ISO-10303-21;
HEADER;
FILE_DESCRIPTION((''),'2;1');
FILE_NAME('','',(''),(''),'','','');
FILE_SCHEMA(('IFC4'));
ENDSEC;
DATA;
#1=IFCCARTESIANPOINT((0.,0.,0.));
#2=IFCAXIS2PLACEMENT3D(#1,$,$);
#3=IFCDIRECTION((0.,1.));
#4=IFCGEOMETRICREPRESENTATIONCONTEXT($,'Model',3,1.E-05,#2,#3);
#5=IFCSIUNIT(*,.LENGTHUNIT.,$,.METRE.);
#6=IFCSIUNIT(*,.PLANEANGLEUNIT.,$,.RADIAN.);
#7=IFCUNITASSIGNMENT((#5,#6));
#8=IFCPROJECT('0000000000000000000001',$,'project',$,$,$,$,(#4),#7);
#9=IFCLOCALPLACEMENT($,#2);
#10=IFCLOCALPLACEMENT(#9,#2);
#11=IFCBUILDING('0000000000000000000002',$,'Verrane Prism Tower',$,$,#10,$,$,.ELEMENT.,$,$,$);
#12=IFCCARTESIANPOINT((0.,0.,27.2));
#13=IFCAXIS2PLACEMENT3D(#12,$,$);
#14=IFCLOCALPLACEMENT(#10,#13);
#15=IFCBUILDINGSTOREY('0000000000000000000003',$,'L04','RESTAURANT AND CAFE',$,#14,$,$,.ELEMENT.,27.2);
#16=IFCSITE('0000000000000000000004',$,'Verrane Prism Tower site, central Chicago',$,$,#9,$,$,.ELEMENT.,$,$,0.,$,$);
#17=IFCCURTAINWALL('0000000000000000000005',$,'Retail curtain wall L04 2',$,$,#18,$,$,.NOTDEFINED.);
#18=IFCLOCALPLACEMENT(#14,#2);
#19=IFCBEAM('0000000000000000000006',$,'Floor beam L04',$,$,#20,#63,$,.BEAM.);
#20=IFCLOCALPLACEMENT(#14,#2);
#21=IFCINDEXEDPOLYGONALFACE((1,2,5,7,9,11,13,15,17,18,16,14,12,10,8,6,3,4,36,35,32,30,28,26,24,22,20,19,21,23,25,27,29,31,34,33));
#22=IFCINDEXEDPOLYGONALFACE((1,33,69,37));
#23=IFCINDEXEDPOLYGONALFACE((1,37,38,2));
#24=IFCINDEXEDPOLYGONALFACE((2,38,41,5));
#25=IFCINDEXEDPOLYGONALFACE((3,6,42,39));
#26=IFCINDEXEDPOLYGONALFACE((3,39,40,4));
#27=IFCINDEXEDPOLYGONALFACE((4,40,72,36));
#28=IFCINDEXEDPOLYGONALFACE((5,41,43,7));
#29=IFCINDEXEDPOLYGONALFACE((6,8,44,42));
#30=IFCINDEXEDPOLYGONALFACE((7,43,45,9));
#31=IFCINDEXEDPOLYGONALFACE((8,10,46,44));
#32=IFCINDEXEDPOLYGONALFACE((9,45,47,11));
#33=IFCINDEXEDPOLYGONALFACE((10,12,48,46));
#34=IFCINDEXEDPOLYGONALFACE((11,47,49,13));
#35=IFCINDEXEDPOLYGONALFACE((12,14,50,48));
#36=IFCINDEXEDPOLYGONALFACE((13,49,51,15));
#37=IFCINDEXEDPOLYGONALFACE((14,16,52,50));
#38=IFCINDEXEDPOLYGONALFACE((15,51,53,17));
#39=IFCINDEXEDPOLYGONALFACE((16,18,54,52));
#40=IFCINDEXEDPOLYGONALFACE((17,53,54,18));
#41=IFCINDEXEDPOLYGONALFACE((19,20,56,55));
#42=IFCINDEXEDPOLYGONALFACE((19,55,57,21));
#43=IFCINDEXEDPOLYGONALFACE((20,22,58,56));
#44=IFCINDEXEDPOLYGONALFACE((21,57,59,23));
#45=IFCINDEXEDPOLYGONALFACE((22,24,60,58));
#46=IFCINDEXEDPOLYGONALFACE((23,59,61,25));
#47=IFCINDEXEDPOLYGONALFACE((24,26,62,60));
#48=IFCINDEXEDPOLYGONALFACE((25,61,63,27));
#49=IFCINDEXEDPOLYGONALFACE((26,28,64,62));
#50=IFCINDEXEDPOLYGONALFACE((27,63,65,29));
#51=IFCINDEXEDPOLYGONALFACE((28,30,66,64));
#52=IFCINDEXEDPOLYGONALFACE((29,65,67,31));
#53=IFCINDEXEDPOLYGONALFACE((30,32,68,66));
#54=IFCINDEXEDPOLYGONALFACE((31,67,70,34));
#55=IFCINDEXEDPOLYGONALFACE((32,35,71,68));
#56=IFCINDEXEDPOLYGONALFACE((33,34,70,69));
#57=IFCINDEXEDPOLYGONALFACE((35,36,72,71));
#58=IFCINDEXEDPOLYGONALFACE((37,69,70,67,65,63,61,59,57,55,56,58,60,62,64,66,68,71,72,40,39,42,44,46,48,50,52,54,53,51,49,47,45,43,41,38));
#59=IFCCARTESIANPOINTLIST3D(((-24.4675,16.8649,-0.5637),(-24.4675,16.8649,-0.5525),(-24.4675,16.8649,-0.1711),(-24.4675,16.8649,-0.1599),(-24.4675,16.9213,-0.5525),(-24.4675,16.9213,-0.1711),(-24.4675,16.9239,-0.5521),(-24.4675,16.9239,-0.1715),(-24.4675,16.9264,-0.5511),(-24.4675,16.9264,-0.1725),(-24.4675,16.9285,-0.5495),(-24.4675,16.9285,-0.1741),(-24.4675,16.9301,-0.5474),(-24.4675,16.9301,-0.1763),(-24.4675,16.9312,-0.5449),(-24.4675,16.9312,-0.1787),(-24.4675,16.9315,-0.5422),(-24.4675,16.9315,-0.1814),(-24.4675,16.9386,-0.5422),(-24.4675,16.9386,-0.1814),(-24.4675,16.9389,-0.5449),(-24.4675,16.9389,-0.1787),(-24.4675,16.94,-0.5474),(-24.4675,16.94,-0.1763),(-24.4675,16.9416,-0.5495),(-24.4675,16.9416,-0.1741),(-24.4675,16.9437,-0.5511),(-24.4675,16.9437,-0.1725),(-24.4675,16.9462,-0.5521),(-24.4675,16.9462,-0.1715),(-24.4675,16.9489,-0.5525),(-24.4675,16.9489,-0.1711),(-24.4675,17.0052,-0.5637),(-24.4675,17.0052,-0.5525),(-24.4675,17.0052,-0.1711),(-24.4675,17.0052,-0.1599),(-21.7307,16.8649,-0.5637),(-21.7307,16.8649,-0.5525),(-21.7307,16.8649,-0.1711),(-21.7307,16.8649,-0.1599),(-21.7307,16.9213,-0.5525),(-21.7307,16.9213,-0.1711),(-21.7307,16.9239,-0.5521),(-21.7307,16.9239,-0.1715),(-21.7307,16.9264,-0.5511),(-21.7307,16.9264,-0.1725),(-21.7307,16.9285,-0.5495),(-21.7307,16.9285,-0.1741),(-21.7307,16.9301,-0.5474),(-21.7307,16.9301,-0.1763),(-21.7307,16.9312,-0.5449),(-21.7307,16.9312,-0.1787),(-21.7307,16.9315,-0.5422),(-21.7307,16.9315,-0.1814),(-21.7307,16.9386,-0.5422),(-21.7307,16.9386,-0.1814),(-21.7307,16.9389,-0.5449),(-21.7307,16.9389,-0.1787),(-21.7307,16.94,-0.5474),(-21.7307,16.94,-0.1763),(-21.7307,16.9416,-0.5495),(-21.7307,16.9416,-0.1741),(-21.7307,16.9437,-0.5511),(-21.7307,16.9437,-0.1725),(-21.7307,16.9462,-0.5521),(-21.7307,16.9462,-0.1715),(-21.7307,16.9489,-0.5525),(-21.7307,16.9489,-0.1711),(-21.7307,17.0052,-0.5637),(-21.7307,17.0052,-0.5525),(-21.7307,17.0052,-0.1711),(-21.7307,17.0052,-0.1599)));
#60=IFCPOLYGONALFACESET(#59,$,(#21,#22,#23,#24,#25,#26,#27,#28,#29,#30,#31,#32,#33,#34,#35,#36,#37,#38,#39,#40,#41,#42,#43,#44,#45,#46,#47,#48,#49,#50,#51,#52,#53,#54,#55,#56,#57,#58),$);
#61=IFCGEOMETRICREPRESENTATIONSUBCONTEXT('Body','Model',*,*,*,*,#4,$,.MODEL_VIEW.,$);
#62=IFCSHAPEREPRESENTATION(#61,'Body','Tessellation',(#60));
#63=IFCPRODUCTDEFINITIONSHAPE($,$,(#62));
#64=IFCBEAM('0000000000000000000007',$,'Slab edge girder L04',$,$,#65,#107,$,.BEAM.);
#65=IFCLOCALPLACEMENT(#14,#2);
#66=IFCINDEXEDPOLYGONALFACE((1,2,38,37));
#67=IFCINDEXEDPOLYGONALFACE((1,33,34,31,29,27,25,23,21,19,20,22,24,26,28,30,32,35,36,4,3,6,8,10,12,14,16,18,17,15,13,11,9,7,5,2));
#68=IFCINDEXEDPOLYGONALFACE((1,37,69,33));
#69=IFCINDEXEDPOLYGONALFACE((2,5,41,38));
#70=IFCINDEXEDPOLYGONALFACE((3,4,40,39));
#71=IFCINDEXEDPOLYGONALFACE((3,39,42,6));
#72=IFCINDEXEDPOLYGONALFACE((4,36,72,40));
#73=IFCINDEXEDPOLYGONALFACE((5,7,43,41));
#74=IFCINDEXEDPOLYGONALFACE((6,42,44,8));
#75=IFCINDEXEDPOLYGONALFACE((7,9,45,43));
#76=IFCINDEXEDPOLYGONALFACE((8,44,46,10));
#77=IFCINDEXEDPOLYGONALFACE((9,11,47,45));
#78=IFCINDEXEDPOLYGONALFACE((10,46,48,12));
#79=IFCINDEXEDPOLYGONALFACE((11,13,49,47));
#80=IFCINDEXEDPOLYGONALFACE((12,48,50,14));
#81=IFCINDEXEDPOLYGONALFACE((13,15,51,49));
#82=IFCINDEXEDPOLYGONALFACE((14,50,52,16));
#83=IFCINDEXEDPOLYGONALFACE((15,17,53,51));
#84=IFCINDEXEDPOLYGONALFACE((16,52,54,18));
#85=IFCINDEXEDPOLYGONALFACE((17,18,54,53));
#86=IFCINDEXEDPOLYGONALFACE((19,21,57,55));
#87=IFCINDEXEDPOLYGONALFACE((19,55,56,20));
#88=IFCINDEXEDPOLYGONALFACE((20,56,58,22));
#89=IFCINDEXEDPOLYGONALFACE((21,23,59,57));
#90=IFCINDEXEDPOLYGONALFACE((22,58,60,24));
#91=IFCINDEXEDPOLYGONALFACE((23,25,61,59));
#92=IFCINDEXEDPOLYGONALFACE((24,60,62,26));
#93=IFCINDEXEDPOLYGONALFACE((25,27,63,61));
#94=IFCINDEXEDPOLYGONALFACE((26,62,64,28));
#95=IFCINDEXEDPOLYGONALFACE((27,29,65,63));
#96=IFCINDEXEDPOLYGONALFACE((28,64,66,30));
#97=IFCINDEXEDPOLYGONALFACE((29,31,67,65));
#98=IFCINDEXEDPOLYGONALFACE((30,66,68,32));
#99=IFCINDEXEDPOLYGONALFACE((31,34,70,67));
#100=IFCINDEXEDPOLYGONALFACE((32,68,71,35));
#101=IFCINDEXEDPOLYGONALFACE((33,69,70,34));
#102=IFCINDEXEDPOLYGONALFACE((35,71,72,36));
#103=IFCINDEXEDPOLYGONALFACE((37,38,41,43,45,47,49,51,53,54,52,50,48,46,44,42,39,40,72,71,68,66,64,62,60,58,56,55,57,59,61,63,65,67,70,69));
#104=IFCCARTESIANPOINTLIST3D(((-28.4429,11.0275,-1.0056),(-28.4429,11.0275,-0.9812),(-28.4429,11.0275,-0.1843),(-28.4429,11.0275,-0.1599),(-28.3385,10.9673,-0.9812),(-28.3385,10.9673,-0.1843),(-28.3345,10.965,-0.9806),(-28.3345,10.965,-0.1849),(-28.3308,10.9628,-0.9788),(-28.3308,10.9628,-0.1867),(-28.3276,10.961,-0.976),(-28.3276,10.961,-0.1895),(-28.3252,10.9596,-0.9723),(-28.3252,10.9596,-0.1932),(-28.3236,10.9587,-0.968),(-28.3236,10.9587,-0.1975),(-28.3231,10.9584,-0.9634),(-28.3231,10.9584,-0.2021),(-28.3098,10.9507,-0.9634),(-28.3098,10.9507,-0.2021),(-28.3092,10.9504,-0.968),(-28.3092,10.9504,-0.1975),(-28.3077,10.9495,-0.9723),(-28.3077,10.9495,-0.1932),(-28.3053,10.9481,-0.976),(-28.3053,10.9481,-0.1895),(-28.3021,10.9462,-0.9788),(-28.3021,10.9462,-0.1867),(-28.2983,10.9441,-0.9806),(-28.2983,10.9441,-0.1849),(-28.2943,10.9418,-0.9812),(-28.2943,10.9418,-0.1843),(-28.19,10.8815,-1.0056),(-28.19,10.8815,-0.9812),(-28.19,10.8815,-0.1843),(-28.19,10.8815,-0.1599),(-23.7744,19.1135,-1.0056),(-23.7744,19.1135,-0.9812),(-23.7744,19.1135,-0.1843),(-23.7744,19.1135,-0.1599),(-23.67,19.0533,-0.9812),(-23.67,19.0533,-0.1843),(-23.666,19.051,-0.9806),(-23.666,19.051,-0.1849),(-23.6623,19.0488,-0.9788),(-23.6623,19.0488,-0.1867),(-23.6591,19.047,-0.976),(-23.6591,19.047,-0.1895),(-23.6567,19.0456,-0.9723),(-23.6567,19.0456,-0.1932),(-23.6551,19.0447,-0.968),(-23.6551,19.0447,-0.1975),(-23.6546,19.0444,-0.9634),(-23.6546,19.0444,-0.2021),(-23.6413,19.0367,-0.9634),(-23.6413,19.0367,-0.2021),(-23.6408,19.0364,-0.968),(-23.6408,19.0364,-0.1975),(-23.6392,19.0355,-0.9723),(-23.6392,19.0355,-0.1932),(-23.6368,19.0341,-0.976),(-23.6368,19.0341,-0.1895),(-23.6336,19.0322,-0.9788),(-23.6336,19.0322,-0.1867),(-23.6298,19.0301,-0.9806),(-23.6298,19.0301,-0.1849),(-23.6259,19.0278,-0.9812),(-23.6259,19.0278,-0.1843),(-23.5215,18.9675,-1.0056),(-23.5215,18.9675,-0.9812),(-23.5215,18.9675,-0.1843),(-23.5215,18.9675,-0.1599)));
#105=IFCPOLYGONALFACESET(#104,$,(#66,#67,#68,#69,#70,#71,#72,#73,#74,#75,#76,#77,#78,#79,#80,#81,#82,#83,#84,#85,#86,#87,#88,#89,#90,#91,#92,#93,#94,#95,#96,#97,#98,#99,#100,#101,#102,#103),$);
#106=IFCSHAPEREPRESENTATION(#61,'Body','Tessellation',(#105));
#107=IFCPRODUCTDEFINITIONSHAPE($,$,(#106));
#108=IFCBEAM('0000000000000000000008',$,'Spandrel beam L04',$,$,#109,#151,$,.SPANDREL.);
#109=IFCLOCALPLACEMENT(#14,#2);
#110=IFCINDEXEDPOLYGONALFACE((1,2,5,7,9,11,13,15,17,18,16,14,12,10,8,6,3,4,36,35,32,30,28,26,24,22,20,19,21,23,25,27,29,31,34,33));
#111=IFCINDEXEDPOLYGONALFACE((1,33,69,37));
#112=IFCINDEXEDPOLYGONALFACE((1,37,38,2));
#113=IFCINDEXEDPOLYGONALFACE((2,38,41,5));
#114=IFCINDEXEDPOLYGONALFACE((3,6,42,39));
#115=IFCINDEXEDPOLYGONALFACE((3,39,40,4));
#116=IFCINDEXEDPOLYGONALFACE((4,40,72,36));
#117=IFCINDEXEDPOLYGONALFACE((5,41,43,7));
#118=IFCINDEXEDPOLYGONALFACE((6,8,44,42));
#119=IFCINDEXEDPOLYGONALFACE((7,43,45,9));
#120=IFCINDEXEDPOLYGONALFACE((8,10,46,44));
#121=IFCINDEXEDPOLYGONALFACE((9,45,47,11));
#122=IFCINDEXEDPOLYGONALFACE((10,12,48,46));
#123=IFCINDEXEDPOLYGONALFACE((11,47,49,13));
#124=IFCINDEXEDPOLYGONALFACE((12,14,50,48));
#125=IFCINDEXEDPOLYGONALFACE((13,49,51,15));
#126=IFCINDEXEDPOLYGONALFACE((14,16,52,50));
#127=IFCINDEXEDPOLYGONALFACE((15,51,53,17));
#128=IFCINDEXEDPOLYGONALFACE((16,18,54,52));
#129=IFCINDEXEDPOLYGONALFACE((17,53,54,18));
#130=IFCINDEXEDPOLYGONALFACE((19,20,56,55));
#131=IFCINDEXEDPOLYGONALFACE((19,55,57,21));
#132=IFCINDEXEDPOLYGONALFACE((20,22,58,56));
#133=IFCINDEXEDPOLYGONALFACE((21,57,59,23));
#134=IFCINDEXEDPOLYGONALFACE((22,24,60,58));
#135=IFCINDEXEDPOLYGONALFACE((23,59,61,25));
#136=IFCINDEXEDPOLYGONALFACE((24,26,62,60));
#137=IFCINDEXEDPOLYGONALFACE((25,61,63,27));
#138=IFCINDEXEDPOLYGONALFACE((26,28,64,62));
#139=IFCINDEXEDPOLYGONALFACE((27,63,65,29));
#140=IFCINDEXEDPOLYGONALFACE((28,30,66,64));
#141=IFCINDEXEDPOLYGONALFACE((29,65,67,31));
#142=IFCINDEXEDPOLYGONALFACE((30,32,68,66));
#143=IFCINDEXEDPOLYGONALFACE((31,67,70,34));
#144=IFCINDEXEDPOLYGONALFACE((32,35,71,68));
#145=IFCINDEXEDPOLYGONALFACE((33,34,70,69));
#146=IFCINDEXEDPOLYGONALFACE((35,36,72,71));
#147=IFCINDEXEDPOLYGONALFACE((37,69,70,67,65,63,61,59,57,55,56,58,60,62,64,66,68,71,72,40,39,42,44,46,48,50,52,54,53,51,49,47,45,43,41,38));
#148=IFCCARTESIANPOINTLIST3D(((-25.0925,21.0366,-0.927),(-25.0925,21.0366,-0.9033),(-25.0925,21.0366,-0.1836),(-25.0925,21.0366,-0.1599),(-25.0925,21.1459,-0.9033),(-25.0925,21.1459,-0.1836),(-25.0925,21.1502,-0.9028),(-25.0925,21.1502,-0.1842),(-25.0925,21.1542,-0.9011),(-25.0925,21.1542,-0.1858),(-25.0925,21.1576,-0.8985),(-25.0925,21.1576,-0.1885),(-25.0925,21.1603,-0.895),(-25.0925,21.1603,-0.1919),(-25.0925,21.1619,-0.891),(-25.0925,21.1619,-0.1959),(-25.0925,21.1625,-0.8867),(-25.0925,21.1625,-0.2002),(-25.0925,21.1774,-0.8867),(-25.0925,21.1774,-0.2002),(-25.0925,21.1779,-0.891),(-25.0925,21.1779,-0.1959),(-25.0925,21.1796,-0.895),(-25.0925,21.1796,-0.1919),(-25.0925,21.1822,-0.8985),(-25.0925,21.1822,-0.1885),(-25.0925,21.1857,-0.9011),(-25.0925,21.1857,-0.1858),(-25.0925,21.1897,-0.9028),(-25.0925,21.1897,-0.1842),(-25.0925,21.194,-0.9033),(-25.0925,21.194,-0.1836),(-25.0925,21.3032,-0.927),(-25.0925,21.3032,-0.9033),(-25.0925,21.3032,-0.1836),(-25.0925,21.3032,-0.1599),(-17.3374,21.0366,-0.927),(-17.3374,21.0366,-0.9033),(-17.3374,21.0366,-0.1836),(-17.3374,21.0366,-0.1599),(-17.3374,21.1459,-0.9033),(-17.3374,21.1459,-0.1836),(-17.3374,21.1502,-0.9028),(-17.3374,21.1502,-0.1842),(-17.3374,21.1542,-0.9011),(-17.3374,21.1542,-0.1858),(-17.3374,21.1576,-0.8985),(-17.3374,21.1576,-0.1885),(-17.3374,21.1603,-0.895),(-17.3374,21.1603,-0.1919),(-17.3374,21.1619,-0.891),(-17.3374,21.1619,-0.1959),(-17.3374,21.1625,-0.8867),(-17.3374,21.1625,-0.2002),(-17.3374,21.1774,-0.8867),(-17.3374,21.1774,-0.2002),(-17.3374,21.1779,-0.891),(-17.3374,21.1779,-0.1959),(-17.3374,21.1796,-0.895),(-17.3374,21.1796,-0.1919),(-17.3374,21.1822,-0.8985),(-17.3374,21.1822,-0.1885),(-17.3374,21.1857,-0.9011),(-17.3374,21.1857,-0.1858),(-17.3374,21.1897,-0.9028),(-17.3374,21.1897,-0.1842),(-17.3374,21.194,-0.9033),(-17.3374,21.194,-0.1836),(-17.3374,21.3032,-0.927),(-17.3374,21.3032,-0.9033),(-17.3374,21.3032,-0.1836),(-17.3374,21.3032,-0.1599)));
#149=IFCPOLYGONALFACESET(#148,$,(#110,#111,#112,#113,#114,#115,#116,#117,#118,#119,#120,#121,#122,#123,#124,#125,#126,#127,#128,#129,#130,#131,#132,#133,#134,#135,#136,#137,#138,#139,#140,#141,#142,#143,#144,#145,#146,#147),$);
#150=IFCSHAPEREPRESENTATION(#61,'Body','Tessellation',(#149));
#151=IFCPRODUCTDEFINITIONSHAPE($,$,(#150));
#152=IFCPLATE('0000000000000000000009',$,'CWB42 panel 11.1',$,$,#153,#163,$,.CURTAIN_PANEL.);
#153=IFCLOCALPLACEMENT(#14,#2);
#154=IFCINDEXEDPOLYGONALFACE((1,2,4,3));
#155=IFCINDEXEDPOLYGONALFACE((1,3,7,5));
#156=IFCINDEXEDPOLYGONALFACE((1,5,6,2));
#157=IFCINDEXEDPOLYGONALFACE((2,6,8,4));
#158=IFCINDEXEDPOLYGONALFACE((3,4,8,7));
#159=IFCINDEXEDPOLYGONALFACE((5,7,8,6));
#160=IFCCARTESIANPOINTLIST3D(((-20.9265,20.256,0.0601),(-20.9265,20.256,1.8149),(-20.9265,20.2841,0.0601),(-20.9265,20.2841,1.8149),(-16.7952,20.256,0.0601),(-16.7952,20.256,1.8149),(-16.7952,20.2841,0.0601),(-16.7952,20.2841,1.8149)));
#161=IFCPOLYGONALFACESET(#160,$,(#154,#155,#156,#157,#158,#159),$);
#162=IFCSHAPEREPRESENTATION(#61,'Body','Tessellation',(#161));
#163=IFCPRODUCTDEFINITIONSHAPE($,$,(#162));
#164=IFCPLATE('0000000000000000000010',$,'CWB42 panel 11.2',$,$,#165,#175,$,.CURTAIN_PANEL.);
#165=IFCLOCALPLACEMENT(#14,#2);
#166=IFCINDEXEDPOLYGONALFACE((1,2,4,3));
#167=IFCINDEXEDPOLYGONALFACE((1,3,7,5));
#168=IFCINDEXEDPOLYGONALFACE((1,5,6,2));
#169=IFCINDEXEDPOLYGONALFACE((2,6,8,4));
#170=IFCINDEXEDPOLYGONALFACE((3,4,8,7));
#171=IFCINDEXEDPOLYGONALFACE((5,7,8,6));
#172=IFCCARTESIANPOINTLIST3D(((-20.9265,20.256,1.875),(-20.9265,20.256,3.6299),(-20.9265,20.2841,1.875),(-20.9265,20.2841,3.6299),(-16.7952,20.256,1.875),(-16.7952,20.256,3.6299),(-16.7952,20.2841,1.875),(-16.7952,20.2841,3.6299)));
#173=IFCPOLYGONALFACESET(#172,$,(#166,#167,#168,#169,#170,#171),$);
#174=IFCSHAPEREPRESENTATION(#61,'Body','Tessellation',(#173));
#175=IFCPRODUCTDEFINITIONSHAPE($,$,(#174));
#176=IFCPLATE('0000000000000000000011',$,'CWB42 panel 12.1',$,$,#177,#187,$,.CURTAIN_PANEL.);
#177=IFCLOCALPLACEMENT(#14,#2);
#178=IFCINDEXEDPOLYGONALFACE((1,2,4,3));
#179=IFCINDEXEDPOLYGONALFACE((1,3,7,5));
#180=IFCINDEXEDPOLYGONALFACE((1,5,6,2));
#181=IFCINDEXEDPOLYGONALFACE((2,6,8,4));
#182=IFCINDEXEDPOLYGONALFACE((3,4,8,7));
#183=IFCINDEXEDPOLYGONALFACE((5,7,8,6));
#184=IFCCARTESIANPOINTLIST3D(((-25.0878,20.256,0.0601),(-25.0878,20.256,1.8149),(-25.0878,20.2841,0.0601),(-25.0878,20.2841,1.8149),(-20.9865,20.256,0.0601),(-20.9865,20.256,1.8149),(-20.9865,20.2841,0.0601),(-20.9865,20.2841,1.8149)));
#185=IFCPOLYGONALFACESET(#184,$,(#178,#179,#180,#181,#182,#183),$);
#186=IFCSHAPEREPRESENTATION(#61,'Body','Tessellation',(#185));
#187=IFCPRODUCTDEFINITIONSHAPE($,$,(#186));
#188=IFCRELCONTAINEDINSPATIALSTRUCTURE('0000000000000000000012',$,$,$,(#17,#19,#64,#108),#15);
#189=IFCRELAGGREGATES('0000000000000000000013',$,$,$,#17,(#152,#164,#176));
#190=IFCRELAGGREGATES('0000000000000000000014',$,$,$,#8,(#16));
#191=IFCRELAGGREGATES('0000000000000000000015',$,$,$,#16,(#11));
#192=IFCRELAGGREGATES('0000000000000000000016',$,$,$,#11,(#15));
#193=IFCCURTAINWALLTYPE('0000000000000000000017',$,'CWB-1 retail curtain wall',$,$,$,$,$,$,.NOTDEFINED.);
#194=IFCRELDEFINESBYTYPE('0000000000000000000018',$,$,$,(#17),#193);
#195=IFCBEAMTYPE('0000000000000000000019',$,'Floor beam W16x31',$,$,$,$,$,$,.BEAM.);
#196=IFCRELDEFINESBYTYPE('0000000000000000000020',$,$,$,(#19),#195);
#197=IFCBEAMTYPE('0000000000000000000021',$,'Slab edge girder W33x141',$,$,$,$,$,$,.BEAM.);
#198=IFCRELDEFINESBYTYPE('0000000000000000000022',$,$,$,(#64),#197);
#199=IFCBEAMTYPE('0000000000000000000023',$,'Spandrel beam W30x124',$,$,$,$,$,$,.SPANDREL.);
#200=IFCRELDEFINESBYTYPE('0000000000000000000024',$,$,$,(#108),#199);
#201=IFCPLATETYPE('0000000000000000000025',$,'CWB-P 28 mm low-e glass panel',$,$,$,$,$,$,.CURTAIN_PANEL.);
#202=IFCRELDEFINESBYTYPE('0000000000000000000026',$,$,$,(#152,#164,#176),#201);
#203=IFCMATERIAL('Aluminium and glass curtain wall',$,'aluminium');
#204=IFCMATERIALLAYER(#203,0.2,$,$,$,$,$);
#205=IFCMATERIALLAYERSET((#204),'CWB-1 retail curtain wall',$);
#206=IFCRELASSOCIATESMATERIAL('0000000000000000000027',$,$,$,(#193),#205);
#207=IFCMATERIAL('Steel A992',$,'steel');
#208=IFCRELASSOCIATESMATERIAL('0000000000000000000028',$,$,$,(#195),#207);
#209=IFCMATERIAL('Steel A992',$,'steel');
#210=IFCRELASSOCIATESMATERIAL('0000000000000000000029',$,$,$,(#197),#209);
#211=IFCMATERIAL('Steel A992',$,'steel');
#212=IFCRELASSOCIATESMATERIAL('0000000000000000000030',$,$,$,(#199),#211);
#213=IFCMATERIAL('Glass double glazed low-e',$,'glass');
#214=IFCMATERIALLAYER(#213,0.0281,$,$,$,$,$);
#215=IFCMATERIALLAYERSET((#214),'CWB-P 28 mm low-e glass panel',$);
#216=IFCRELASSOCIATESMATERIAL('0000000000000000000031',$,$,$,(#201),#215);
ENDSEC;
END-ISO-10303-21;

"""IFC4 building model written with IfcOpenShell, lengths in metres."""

from ifc_helpers import new_model, si_unit, direction, frame, origin, origin_2d, place, context, subcontext, project, spatial, rectangle, i_section, extrude, material, layer, layer_set, material_profile, profile_set, type_object, element, aggregate, save


model = new_model("IFC4")

# Units and contexts
model_context = context("Model", 3, precision=1e-05, world=origin(), true_north=direction((0.0, 1.0)))
body_context = subcontext(model_context, "Body", "Model", "MODEL_VIEW")
ifc_project = project(units=[si_unit("LENGTHUNIT", "METRE"), si_unit("PLANEANGLEUNIT", "RADIAN")], contexts=[model_context])

# Site, building, storey
site_placement = place(None, origin())
site = spatial("IfcSite", under=ifc_project, at=site_placement, Name="Verrane Prism Tower site, central Chicago", CompositionType="ELEMENT", RefElevation=0.0)
building_placement = place(site_placement, origin())
building = spatial("IfcBuilding", under=site, at=building_placement, Name="Verrane Prism Tower", CompositionType="ELEMENT")
storey_placement = place(building_placement, frame((0.0, 0.0, 27.2)))
storey = spatial("IfcBuildingStorey", under=building, at=storey_placement, Name="L04", Description="RESTAURANT AND CAFE", CompositionType="ELEMENT", Elevation=27.2)

# Curtain wall
ifc_material_1 = material(Name="Aluminium and glass curtain wall", Category="aluminium")
ifc_layer_1 = layer(ifc_material_1, 0.2)
ifc_layer_set_1 = layer_set([ifc_layer_1], Name="CWB-1 retail curtain wall")
curtain_wall_type = type_object("IfcCurtainWallType", Name="CWB-1 retail curtain wall", PredefinedType="NOTDEFINED", material=ifc_layer_set_1)
curtain_wall_1_placement = place(storey_placement, origin())
curtain_wall_1 = element("IfcCurtainWall", 1, at=curtain_wall_1_placement, inside=storey, type_object=curtain_wall_type, Name="Retail curtain wall L04 2", PredefinedType="NOTDEFINED")

# Beams
ifc_material_2 = material(Name="Steel A992", Category="steel")
ifc_material_profile_1 = material_profile(ifc_material_2, i_section(OverallWidth=0.1404, OverallDepth=0.4038, WebThickness=0.0071, FlangeThickness=0.0112, FilletRadius=0.0103, at=origin_2d()), Name="W16x31")
ifc_profile_set_1 = profile_set([ifc_material_profile_1], Name="Steel A992")
beam_type_1 = type_object("IfcBeamType", Name="Floor beam W16x31", PredefinedType="BEAM", material=ifc_profile_set_1)
beam_1_placement = place(storey_placement, frame((-24.4675, 16.9351, -0.3618), z_axis=(1.0, 0.0, 0.0), x_axis=(0.0, 1.0, 0.0)))
element("IfcBeam", 2, at=beam_1_placement, inside=storey, type_object=beam_type_1, Name="Floor beam L04", PredefinedType="BEAM", context=body_context, shape_type="SweptSolid", body=[
    extrude(i_section(OverallWidth=0.1404, OverallDepth=0.4038, WebThickness=0.0071, FlangeThickness=0.0112, FilletRadius=0.0103, at=origin_2d()), origin(), (0.0, 0.0, 1.0), 2.7368),
])
ifc_material_3 = material(Name="Steel A992", Category="steel")
ifc_material_profile_2 = material_profile(ifc_material_3, i_section(OverallWidth=0.292, OverallDepth=0.8457, WebThickness=0.0154, FlangeThickness=0.0244, FilletRadius=0.0178, at=origin_2d()), Name="W33x141")
ifc_profile_set_2 = profile_set([ifc_material_profile_2], Name="Steel A992")
beam_type_2 = type_object("IfcBeamType", Name="Slab edge girder W33x141", PredefinedType="BEAM", material=ifc_profile_set_2)
beam_2_placement = place(storey_placement, frame((-23.6479, 19.0405, -0.5828), z_axis=(-0.500003, -0.866024, 0.0), x_axis=(0.866024, -0.500003, 0.0)))
element("IfcBeam", 3, at=beam_2_placement, inside=storey, type_object=beam_type_2, Name="Slab edge girder L04", PredefinedType="BEAM", context=body_context, shape_type="SweptSolid", body=[
    extrude(i_section(OverallWidth=0.292, OverallDepth=0.8457, WebThickness=0.0154, FlangeThickness=0.0244, FilletRadius=0.0178, at=origin_2d()), origin(), (0.0, 0.0, 1.0), 9.3369),
])
ifc_material_4 = material(Name="Steel A992", Category="steel")
ifc_material_profile_3 = material_profile(ifc_material_4, i_section(OverallWidth=0.2666, OverallDepth=0.7671, WebThickness=0.0149, FlangeThickness=0.0237, FilletRadius=0.0166, at=origin_2d()), Name="W30x124")
ifc_profile_set_3 = profile_set([ifc_material_profile_3], Name="Steel A992")
beam_type_3 = type_object("IfcBeamType", Name="Spandrel beam W30x124", PredefinedType="SPANDREL", material=ifc_profile_set_3)
beam_3_placement = place(storey_placement, frame((-17.3374, 21.1699, -0.5435), z_axis=(-1.0, 0.0, 0.0), x_axis=(0.0, -1.0, 0.0)))
element("IfcBeam", 4, at=beam_3_placement, inside=storey, type_object=beam_type_3, Name="Spandrel beam L04", PredefinedType="SPANDREL", context=body_context, shape_type="SweptSolid", body=[
    extrude(i_section(OverallWidth=0.2666, OverallDepth=0.7671, WebThickness=0.0149, FlangeThickness=0.0237, FilletRadius=0.0166, at=origin_2d()), origin(), (0.0, 0.0, 1.0), 7.7551),
])

# Plates
ifc_material_5 = material(Name="Glass double glazed low-e", Category="glass")
ifc_layer_2 = layer(ifc_material_5, 0.0281)
ifc_layer_set_2 = layer_set([ifc_layer_2], Name="CWB-P 28 mm low-e glass panel")
plate_type = type_object("IfcPlateType", Name="CWB-P 28 mm low-e glass panel", PredefinedType="CURTAIN_PANEL", material=ifc_layer_set_2)
plate_1_placement = place(storey_placement, frame((-18.8608, 20.27, 0.0601), z_axis=(0.0, 0.0, 1.0), x_axis=(-1.0, 0.0, 0.0)))
plate_1 = element("IfcPlate", 5, at=plate_1_placement, type_object=plate_type, Name="CWB42 panel 11.1", PredefinedType="CURTAIN_PANEL", context=body_context, shape_type="SweptSolid", body=[
    extrude(rectangle(XDim=4.1313, YDim=0.0281, at=origin_2d()), origin(), (0.0, 0.0, 1.0), 1.7549),
])
plate_2_placement = place(storey_placement, frame((-18.8608, 20.27, 1.875), z_axis=(0.0, 0.0, 1.0), x_axis=(-1.0, 0.0, 0.0)))
plate_2 = element("IfcPlate", 6, at=plate_2_placement, type_object=plate_type, Name="CWB42 panel 11.2", PredefinedType="CURTAIN_PANEL", context=body_context, shape_type="SweptSolid", body=[
    extrude(rectangle(XDim=4.1313, YDim=0.0281, at=origin_2d()), origin(), (0.0, 0.0, 1.0), 1.7549),
])
plate_3_placement = place(storey_placement, frame((-23.0371, 20.27, 0.0601), z_axis=(0.0, 0.0, 1.0), x_axis=(-1.0, 0.0, 0.0)))
plate_3 = element("IfcPlate", 7, at=plate_3_placement, type_object=plate_type, Name="CWB42 panel 12.1", PredefinedType="CURTAIN_PANEL", context=body_context, shape_type="SweptSolid", body=[
    extrude(rectangle(XDim=4.1013, YDim=0.0281, at=origin_2d()), origin(), (0.0, 0.0, 1.0), 1.7549),
])
aggregate(curtain_wall_1, [plate_1, plate_2, plate_3])

save(model, "model.ifc")
